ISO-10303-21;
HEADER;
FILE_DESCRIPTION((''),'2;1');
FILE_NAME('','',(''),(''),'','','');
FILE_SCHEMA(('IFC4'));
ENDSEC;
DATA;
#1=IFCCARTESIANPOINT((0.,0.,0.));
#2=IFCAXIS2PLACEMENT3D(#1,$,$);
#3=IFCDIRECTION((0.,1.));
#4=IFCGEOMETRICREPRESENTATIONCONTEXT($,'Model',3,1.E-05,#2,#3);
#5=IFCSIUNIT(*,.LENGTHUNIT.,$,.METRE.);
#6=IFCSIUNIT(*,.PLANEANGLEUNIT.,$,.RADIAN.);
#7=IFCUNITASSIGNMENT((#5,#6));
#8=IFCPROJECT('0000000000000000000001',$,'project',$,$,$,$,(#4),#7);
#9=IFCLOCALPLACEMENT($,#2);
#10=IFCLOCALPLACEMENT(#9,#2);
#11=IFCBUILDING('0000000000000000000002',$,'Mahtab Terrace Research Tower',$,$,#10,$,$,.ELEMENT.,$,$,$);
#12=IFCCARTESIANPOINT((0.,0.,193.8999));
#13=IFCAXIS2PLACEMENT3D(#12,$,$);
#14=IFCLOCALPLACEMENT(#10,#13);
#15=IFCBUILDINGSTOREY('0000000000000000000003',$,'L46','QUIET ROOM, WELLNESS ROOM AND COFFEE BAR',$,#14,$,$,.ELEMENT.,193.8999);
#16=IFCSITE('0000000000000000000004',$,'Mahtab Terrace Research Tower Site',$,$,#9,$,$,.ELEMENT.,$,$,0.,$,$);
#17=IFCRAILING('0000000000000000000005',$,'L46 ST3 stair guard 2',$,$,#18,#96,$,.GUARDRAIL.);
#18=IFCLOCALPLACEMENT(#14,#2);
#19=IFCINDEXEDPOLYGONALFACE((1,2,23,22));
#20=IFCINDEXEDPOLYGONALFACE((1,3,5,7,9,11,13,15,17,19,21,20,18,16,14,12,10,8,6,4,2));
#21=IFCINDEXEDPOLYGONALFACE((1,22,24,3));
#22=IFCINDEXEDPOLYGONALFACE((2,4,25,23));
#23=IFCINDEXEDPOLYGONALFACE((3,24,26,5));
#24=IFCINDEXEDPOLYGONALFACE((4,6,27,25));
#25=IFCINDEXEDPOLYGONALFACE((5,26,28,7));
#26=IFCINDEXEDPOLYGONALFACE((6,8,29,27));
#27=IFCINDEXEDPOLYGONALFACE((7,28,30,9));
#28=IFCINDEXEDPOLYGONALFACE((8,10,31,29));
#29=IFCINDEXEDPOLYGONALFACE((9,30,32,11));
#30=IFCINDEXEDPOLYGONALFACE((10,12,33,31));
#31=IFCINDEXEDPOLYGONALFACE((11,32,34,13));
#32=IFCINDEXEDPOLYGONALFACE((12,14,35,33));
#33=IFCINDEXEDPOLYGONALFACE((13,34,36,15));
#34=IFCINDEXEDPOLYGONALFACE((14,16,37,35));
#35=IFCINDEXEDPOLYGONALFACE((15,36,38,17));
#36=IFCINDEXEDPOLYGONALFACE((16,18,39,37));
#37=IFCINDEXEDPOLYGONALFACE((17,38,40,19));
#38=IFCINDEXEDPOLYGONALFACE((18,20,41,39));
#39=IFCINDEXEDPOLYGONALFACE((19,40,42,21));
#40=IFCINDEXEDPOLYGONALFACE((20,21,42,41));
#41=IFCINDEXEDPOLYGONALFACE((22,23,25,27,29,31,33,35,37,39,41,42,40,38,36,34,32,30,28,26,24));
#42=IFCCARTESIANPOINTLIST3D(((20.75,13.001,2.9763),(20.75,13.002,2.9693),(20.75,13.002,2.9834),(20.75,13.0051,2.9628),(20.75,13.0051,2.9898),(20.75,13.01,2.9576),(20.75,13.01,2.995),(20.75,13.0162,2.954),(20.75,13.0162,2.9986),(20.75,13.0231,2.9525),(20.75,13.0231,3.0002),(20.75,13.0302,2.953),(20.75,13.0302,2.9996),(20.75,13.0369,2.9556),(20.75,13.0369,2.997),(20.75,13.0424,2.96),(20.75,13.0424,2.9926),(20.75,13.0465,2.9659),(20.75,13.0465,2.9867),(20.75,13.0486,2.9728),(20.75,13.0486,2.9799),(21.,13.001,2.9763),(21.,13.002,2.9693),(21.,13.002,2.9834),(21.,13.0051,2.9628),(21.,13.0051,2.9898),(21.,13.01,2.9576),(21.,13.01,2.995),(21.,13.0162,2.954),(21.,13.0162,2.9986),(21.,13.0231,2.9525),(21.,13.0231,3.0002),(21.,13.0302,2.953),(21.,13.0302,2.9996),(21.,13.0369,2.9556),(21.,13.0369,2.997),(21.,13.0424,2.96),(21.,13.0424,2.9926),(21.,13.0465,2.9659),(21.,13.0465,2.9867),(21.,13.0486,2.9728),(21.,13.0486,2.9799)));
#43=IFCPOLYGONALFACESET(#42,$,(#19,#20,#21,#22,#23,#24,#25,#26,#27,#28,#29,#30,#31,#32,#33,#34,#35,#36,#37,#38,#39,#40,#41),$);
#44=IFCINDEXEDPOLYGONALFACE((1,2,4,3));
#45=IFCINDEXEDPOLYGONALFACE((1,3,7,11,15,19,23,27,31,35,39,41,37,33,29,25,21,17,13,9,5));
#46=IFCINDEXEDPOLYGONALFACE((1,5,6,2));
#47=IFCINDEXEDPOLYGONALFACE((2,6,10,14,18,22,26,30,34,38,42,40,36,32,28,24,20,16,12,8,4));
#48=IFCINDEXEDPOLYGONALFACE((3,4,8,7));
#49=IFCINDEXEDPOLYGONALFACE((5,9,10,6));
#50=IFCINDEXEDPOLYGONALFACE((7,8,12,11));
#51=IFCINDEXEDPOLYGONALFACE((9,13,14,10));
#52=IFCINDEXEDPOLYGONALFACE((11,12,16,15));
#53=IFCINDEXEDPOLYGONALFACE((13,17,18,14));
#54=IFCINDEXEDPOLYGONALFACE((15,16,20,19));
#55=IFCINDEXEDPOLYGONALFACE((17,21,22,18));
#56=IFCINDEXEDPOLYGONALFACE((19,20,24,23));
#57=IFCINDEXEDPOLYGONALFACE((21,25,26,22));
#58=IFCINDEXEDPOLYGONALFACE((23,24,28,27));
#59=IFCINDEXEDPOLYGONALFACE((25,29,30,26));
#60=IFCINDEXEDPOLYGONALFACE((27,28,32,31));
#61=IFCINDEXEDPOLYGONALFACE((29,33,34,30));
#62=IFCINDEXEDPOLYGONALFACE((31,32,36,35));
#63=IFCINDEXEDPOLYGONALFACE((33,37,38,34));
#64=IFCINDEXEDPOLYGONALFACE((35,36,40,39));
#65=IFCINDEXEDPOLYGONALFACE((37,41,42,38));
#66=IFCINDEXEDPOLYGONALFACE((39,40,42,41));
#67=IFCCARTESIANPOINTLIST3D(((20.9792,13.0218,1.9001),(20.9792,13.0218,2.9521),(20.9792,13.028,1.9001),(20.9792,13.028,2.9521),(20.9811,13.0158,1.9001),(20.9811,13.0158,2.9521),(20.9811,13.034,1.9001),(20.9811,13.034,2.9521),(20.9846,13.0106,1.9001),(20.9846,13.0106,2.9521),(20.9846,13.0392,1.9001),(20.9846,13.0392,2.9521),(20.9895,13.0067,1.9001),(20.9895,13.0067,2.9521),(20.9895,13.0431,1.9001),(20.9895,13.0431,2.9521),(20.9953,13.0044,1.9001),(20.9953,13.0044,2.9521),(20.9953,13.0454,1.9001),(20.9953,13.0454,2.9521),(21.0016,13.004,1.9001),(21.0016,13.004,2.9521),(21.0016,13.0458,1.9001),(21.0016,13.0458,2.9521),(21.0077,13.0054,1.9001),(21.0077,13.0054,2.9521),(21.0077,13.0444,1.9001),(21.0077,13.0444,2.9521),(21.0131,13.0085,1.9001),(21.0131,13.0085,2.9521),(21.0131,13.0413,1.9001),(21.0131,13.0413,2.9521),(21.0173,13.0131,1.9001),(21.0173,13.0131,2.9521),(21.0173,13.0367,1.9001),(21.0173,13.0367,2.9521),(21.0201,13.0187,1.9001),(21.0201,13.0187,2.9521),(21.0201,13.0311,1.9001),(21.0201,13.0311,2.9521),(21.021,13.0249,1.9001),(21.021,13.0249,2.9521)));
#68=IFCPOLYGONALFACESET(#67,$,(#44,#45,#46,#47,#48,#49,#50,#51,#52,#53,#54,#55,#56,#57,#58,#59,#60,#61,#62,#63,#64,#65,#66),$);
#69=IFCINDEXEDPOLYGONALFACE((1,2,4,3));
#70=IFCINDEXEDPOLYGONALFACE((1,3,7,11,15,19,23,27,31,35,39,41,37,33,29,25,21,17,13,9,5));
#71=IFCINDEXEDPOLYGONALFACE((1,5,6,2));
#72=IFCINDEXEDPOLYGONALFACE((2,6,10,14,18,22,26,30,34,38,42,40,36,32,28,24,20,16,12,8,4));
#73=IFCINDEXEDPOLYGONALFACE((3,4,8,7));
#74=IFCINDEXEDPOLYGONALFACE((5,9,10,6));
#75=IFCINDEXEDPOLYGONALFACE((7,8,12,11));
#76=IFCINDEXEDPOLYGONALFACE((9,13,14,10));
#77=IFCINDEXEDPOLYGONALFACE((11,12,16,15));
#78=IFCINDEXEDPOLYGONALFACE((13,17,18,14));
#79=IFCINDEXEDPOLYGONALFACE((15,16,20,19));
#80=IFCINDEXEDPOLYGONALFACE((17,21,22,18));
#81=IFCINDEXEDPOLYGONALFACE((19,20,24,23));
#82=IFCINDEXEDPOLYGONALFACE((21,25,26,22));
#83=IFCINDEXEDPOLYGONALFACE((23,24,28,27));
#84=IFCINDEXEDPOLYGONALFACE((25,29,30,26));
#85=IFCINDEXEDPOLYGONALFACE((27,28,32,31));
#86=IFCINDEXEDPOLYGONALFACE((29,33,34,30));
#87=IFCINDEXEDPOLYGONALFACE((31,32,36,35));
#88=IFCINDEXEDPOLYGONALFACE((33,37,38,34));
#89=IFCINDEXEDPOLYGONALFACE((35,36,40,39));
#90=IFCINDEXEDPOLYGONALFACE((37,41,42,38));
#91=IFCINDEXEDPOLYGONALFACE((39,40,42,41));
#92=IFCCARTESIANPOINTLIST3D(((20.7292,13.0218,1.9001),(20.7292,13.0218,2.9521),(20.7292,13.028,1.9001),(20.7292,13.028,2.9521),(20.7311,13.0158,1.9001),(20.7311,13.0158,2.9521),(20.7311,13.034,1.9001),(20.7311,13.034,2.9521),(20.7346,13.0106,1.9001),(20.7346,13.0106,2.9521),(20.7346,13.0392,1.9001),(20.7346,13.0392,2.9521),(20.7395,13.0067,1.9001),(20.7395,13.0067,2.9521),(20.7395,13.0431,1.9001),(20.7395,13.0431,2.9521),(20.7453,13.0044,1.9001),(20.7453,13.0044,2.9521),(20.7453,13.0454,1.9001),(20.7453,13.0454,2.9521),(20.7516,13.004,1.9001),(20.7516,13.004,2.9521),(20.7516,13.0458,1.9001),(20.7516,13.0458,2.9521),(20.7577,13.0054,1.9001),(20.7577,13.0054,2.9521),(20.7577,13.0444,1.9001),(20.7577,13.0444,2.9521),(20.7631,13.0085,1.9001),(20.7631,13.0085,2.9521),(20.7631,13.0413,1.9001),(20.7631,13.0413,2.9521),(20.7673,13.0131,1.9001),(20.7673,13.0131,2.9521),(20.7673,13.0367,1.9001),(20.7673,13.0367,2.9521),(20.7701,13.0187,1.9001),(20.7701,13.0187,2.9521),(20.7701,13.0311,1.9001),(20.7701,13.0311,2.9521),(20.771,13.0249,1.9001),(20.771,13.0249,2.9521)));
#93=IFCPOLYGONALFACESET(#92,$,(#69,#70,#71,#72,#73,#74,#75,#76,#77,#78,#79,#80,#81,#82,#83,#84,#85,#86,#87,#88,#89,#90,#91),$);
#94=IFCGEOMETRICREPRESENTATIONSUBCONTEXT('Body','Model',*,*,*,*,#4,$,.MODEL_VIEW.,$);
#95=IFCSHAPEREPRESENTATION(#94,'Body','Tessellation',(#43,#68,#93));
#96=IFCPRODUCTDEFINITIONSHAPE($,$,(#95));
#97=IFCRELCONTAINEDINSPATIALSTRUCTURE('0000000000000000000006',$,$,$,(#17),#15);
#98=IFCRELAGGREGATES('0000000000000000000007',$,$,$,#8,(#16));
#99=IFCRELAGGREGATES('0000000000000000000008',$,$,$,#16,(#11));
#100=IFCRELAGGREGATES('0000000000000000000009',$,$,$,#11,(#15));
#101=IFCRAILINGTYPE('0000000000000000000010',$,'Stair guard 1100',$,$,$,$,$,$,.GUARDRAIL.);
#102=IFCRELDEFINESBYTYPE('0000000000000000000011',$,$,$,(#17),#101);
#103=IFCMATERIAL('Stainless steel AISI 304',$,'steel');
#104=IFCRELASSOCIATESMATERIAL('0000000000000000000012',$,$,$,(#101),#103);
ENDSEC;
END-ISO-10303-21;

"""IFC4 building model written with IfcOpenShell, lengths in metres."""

from ifc_helpers import new_model, si_unit, direction, frame, origin, origin_2d, place, context, subcontext, project, spatial, circle, extrude, material, type_object, element, save


model = new_model("IFC4")

# Units and contexts
model_context = context("Model", 3, precision=1e-05, world=origin(), true_north=direction((0.0, 1.0)))
body_context = subcontext(model_context, "Body", "Model", "MODEL_VIEW")
ifc_project = project(units=[si_unit("LENGTHUNIT", "METRE"), si_unit("PLANEANGLEUNIT", "RADIAN")], contexts=[model_context])

# Site, building, storey
site_placement = place(None, origin())
site = spatial("IfcSite", under=ifc_project, at=site_placement, Name="Mahtab Terrace Research Tower Site", CompositionType="ELEMENT", RefElevation=0.0)
building_placement = place(site_placement, origin())
building = spatial("IfcBuilding", under=site, at=building_placement, Name="Mahtab Terrace Research Tower", CompositionType="ELEMENT")
storey_placement = place(building_placement, frame((0.0, 0.0, 193.8999)))
storey = spatial("IfcBuildingStorey", under=building, at=storey_placement, Name="L46", Description="QUIET ROOM, WELLNESS ROOM AND COFFEE BAR", CompositionType="ELEMENT", Elevation=193.8999)

# Shared definitions
ifc_material_1 = material(Name="Stainless steel AISI 304", Category="steel")

# Railing
railing_type_1 = type_object("IfcRailingType", Name="Stair guard 1100", PredefinedType="GUARDRAIL", material=ifc_material_1)
railing_1_placement = place(storey_placement, frame((21.0, 13.0249, 1.9001)))
element("IfcRailing", 1, at=railing_1_placement, inside=storey, type_object=railing_type_1, Name="L46 ST3 stair guard 2", PredefinedType="GUARDRAIL", context=body_context, shape_type="SweptSolid", body=[
    extrude(circle(Radius=0.0239, at=origin_2d()), frame((0.0, 0.0, 1.0762), z_axis=(-1.0, 0.0, 0.0), x_axis=(0.0, -1.0, 0.0)), (0.0, 0.0, 1.0), 0.25),
    extrude(circle(Radius=0.021, at=origin_2d()), origin(), (0.0, 0.0, 1.0), 1.052),
    extrude(circle(Radius=0.021, at=origin_2d()), frame((-0.25, 0.0, 0.0)), (0.0, 0.0, 1.0), 1.052),
])

save(model, "model.ifc")
